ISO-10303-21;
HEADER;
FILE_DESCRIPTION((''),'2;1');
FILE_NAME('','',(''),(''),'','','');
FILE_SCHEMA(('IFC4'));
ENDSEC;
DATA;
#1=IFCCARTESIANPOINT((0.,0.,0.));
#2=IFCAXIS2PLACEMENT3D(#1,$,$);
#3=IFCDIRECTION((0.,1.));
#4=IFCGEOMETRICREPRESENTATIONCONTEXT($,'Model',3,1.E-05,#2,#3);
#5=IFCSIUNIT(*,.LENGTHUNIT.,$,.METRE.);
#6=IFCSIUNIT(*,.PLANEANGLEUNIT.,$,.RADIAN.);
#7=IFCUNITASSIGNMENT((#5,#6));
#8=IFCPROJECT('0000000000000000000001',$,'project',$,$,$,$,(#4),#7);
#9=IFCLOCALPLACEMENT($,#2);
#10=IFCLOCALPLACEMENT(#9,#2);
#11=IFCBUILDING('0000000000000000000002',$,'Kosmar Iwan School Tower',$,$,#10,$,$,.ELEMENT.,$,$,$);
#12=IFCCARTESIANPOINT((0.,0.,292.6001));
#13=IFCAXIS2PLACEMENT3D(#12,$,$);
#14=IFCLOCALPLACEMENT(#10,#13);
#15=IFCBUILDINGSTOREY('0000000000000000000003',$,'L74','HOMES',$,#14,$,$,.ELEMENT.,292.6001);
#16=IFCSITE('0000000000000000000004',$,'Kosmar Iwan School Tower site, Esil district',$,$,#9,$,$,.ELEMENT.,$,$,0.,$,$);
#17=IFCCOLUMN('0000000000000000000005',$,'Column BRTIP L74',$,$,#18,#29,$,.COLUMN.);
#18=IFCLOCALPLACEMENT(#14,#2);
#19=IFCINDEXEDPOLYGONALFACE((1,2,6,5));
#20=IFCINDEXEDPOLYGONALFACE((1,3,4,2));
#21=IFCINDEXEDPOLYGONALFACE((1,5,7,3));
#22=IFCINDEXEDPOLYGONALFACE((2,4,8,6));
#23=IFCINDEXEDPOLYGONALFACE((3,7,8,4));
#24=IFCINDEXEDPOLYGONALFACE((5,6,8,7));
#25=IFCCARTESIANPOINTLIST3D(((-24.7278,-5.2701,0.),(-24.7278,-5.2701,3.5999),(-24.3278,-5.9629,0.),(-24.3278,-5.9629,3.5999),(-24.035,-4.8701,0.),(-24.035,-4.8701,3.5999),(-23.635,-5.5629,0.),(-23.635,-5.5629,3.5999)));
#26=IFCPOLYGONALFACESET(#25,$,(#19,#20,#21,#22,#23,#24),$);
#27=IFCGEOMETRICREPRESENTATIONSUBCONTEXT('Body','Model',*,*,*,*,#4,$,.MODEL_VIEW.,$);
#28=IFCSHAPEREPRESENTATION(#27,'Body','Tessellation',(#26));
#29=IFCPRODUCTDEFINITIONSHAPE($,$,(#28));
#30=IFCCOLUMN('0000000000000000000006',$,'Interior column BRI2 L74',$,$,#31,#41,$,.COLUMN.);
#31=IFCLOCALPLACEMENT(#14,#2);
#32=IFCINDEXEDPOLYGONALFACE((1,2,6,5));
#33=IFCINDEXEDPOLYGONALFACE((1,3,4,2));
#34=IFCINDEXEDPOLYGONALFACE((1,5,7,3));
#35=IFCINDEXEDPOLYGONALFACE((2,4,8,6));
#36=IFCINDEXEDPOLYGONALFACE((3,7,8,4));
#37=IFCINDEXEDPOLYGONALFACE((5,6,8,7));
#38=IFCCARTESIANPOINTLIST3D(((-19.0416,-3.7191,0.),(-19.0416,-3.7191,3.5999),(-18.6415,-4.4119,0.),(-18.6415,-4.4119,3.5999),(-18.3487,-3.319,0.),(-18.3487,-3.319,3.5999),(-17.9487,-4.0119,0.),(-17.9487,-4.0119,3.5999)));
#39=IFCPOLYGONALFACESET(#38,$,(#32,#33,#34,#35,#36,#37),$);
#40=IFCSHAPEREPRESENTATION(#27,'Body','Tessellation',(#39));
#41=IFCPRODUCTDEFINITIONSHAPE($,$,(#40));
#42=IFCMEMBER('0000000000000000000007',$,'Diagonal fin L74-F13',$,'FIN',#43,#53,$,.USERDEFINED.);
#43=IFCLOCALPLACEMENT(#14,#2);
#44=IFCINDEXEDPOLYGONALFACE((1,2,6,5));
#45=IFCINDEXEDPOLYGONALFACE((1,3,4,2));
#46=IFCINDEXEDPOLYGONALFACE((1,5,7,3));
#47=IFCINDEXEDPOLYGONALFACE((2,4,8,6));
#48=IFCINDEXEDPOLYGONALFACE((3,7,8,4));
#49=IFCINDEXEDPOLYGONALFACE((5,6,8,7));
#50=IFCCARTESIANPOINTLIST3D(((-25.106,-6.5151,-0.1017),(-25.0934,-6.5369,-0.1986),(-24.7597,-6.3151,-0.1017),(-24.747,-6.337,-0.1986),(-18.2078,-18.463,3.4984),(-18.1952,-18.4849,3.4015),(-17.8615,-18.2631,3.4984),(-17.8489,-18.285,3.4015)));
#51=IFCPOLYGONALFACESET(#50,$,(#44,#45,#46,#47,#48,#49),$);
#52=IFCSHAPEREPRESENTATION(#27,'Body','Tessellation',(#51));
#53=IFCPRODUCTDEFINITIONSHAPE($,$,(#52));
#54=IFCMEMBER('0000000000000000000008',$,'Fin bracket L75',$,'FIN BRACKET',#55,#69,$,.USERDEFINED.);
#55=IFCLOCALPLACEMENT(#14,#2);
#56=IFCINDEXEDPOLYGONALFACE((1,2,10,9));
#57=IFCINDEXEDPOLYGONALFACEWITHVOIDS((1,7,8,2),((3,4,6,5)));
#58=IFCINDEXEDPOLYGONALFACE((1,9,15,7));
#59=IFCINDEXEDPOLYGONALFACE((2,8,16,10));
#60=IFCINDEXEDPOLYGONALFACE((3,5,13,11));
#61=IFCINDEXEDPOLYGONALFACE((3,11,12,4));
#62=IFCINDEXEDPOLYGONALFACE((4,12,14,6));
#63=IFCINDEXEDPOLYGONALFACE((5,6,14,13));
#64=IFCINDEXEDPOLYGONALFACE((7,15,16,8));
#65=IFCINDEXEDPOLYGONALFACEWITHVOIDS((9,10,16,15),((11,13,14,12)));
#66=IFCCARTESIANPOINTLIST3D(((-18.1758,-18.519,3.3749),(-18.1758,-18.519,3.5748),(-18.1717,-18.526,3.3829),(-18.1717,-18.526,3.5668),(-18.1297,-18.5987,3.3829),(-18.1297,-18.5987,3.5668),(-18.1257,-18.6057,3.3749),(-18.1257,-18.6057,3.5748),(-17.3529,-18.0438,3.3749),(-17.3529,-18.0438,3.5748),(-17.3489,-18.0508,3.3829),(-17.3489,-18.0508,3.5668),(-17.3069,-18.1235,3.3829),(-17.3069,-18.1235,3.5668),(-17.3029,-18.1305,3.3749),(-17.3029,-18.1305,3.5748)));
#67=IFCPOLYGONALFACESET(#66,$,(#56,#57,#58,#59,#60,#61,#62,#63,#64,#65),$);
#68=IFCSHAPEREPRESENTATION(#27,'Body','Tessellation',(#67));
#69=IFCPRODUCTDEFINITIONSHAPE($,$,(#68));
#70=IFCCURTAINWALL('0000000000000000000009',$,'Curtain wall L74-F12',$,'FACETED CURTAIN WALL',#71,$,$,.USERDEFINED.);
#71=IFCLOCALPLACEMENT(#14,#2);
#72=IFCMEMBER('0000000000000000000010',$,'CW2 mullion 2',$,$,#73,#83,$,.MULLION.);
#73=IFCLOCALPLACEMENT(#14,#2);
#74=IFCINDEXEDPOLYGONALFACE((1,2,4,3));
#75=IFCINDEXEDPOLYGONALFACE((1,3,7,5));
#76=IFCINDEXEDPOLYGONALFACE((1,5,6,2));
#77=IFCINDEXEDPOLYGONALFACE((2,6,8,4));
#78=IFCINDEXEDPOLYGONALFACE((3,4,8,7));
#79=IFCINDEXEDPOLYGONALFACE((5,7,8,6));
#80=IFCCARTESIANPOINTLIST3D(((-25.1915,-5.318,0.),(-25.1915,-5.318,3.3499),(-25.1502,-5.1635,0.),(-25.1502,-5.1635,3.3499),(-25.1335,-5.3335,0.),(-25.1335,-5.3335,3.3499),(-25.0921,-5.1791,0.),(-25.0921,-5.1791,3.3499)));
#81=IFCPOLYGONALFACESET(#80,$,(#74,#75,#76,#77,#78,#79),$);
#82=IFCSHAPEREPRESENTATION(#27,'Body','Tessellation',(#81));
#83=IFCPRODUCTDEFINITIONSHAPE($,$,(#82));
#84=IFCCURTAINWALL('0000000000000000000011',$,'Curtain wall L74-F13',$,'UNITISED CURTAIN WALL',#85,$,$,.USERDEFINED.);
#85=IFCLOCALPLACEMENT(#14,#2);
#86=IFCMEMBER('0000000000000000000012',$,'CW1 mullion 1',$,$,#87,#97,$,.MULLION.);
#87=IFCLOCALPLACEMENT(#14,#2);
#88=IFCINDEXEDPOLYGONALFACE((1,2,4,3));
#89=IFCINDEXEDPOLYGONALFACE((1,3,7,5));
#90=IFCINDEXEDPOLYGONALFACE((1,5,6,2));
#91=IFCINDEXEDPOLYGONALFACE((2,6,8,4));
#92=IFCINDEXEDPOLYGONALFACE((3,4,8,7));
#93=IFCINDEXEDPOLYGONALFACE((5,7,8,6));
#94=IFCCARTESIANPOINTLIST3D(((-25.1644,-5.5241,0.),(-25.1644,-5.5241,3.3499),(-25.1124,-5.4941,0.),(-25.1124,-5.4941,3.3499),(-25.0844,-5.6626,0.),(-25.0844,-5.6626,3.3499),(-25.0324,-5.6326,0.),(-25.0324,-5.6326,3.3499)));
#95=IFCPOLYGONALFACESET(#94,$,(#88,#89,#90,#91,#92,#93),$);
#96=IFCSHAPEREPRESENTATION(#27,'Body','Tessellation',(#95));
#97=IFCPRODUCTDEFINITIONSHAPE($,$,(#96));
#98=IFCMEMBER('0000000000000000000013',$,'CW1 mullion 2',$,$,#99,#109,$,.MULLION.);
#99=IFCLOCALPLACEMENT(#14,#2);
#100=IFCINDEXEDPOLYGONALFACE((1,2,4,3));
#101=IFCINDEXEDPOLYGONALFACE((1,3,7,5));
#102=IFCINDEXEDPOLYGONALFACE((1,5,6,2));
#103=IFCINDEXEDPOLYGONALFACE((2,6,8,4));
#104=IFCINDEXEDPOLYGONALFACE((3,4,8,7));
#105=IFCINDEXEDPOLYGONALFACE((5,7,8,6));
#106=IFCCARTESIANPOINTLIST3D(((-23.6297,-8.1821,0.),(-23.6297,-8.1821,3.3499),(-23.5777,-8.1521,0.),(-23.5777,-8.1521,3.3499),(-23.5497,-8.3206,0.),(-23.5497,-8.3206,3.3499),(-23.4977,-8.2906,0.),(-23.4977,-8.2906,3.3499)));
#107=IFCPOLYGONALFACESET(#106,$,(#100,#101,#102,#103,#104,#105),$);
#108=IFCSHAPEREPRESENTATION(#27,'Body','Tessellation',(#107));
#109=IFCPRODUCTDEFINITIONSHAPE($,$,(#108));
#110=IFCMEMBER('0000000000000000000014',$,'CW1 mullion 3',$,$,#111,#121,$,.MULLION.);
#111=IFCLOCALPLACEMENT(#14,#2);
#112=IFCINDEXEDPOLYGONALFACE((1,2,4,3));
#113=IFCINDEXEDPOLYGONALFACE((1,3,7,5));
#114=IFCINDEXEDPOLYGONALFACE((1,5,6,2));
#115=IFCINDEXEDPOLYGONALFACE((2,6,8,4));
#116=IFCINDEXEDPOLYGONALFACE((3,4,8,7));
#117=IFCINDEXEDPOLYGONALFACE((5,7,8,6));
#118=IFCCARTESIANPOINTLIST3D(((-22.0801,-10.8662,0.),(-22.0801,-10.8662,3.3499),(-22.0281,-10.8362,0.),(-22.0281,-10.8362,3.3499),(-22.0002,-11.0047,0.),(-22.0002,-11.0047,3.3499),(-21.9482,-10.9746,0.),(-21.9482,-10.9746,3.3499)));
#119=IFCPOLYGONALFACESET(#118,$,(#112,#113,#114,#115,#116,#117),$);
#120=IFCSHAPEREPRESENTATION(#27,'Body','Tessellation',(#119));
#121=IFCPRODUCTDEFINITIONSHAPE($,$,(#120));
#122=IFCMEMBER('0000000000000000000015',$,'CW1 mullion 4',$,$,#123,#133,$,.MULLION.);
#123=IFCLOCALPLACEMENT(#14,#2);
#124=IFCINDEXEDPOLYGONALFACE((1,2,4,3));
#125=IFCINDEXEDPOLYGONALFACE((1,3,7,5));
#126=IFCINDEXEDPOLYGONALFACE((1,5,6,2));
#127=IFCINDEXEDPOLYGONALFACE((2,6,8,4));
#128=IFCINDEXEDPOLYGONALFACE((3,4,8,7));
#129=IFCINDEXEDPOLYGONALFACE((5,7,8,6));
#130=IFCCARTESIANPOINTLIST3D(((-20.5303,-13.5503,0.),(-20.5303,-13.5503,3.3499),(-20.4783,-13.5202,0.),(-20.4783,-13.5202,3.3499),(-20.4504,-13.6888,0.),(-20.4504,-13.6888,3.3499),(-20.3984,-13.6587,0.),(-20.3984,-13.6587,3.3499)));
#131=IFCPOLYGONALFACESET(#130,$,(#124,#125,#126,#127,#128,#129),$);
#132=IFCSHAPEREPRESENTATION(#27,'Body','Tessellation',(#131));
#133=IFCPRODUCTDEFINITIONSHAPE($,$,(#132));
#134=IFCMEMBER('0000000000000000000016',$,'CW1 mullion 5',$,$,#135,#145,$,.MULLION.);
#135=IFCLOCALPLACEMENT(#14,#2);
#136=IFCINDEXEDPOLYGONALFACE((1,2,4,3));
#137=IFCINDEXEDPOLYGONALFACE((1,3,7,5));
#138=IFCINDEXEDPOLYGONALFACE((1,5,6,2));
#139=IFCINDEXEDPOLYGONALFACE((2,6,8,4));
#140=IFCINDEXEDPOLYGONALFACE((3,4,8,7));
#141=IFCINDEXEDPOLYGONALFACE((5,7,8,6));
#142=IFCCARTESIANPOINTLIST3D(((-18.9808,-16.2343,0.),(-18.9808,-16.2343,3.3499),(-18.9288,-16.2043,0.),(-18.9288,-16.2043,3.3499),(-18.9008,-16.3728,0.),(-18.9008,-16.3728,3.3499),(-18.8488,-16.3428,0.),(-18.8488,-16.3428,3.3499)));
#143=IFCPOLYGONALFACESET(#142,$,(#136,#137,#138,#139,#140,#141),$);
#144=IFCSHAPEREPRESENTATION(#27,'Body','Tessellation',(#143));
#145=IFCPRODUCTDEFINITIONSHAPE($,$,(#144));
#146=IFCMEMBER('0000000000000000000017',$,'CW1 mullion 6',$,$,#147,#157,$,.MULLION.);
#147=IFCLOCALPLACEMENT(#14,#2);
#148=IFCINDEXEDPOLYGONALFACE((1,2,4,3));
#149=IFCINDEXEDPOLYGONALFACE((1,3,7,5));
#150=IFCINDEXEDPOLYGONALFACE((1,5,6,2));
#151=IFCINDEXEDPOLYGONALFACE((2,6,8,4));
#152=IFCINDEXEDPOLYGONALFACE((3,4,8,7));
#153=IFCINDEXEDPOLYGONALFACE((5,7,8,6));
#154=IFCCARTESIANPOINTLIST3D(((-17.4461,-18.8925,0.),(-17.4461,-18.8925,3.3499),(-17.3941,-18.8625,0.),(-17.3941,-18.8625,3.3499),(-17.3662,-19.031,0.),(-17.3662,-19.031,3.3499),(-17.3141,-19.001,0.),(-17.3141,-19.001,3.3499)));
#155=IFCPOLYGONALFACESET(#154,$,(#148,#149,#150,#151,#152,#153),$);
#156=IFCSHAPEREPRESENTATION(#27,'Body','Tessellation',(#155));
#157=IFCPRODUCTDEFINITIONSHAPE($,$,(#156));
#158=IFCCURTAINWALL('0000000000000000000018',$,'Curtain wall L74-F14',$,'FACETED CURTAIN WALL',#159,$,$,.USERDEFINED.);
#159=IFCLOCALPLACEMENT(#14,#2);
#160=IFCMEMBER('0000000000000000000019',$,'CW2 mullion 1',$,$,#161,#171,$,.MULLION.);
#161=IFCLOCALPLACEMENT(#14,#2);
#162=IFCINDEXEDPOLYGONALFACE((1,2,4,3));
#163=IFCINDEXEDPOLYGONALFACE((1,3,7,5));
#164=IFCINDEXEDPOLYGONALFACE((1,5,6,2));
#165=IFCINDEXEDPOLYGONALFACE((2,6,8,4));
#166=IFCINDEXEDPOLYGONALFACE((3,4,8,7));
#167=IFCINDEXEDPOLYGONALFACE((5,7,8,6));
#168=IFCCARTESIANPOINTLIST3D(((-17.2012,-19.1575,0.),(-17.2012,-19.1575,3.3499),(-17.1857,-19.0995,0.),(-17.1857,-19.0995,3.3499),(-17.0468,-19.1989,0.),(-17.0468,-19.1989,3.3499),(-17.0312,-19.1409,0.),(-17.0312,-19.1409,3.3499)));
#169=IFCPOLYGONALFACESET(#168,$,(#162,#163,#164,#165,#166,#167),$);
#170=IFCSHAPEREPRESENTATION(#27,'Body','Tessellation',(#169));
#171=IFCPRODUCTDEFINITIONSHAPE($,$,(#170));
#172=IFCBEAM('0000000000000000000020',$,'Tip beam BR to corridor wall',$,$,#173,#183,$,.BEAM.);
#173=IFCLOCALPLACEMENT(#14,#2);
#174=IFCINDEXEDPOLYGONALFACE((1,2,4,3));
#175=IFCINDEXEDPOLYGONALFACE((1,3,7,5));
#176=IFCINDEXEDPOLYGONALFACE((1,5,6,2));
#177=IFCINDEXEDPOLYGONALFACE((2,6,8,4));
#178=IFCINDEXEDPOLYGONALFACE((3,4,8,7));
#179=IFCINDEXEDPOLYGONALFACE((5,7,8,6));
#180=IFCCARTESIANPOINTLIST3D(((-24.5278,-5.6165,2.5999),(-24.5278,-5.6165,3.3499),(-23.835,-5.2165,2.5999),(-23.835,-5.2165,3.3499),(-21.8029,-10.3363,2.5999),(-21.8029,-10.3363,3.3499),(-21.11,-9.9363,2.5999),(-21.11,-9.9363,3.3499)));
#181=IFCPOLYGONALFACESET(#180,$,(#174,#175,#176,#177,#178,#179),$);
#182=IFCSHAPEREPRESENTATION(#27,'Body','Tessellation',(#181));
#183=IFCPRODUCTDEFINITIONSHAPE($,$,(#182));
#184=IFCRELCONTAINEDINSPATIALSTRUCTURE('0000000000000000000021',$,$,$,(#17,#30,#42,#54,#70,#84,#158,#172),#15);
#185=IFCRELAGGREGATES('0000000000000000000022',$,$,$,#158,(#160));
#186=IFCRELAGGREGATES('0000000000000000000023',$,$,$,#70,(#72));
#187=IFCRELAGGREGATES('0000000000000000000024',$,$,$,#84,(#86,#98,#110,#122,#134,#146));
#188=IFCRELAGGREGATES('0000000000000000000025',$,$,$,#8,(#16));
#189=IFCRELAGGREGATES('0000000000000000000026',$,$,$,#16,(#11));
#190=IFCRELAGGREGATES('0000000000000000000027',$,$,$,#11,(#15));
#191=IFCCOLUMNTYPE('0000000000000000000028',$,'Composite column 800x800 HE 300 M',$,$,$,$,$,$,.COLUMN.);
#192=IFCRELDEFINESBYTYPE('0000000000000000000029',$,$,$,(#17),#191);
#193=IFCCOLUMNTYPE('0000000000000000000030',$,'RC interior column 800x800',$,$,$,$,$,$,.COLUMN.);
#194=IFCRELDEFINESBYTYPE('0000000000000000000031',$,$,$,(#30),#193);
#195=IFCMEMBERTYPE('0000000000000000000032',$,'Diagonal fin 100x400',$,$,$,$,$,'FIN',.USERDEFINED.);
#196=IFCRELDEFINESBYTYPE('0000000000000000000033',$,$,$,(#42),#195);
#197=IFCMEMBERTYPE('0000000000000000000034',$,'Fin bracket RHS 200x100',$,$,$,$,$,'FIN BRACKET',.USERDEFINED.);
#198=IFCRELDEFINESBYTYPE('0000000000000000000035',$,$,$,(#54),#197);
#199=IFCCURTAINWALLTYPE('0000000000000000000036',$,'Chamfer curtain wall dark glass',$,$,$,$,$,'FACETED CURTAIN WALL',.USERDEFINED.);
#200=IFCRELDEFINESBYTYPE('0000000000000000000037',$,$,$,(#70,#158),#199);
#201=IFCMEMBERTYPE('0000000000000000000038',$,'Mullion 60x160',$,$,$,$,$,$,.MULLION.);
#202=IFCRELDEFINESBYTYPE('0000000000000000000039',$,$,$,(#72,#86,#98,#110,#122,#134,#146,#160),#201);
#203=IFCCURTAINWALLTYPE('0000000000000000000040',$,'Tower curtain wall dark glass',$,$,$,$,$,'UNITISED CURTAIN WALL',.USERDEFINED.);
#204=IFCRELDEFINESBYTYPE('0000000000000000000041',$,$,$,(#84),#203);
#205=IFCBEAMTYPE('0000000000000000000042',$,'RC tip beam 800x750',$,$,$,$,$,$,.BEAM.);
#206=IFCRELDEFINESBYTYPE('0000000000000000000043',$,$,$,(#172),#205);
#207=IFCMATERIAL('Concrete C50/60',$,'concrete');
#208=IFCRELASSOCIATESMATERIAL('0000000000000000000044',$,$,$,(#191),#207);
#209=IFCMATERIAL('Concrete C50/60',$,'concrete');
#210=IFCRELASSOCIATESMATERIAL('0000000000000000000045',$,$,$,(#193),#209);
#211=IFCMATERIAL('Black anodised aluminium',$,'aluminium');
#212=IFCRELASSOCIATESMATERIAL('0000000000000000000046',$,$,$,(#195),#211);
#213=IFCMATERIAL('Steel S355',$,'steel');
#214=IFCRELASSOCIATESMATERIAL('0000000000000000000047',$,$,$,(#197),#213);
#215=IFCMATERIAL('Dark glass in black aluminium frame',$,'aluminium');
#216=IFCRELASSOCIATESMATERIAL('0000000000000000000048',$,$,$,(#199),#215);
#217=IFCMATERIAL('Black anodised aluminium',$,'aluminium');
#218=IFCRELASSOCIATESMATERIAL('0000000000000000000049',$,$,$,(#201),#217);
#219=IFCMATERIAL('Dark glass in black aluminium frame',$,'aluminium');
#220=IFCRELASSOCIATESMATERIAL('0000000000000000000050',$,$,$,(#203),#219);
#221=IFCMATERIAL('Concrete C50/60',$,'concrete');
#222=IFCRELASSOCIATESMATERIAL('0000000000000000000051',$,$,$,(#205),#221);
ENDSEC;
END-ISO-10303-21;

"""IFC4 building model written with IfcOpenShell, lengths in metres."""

from ifc_helpers import new_model, si_unit, direction, frame, origin, origin_2d, place, context, subcontext, project, spatial, rectangle, hollow_rectangle, extrude, material, material_profile, profile_set, type_object, element, aggregate, save


model = new_model("IFC4")

# Units and contexts
model_context = context("Model", 3, precision=1e-05, world=origin(), true_north=direction((0.0, 1.0)))
body_context = subcontext(model_context, "Body", "Model", "MODEL_VIEW")
ifc_project = project(units=[si_unit("LENGTHUNIT", "METRE"), si_unit("PLANEANGLEUNIT", "RADIAN")], contexts=[model_context])

# Site, building, storey
site_placement = place(None, origin())
site = spatial("IfcSite", under=ifc_project, at=site_placement, Name="Kosmar Iwan School Tower site, Esil district", CompositionType="ELEMENT", RefElevation=0.0)
building_placement = place(site_placement, origin())
building = spatial("IfcBuilding", under=site, at=building_placement, Name="Kosmar Iwan School Tower", CompositionType="ELEMENT")
storey_placement = place(building_placement, frame((0.0, 0.0, 292.6001)))
storey = spatial("IfcBuildingStorey", under=building, at=storey_placement, Name="L74", Description="HOMES", CompositionType="ELEMENT", Elevation=292.6001)

# Columns
ifc_material_1 = material(Name="Concrete C50/60", Category="concrete")
ifc_material_profile_1 = material_profile(ifc_material_1, rectangle(XDim=0.8, YDim=0.8, at=origin_2d()), Name="RC 800x800 + HE 300 M")
ifc_profile_set_1 = profile_set([ifc_material_profile_1], Name="Concrete C50/60")
column_type_1 = type_object("IfcColumnType", Name="Composite column 800x800 HE 300 M", PredefinedType="COLUMN", material=ifc_profile_set_1)
column_1_placement = place(storey_placement, frame((-24.1814, -5.4165, 0.0), z_axis=(0.0, 0.0, 1.0), x_axis=(-0.866025, -0.5, 0.0)))
element("IfcColumn", 1, at=column_1_placement, inside=storey, type_object=column_type_1, Name="Column BRTIP L74", PredefinedType="COLUMN", context=body_context, shape_type="SweptSolid", body=[
    extrude(rectangle(XDim=0.8, YDim=0.8, at=origin_2d()), origin(), (0.0, 0.0, 1.0), 3.5999),
])
ifc_material_2 = material(Name="Concrete C50/60", Category="concrete")
ifc_material_profile_2 = material_profile(ifc_material_2, rectangle(XDim=0.8, YDim=0.8, at=origin_2d()), Name="RC 800x800")
ifc_profile_set_2 = profile_set([ifc_material_profile_2], Name="Concrete C50/60")
column_type_2 = type_object("IfcColumnType", Name="RC interior column 800x800", PredefinedType="COLUMN", material=ifc_profile_set_2)
column_2_placement = place(storey_placement, frame((-18.4951, -3.8655, 0.0), z_axis=(0.0, 0.0, 1.0), x_axis=(-0.866025, -0.5, 0.0)))
element("IfcColumn", 2, at=column_2_placement, inside=storey, type_object=column_type_2, Name="Interior column BRI2 L74", PredefinedType="COLUMN", context=body_context, shape_type="SweptSolid", body=[
    extrude(rectangle(XDim=0.8, YDim=0.8, at=origin_2d()), origin(), (0.0, 0.0, 1.0), 3.5999),
])

# Members
ifc_material_3 = material(Name="Black anodised aluminium", Category="aluminium")
ifc_material_profile_3 = material_profile(ifc_material_3, rectangle(XDim=0.1001, YDim=0.3999, at=origin_2d()), Name="FIN 100x400")
ifc_profile_set_3 = profile_set([ifc_material_profile_3], Name="Black anodised aluminium")
member_type_1 = type_object("IfcMemberType", Name="Diagonal fin 100x400", ElementType="FIN", PredefinedType="USERDEFINED", material=ifc_profile_set_3)
member_1_placement = place(storey_placement, frame((-24.9265, -6.426, -0.1501), z_axis=(0.4838, -0.837965, 0.252491), x_axis=(-0.126245, 0.218663, 0.967599)))
element("IfcMember", 3, at=member_1_placement, inside=storey, type_object=member_type_1, Name="Diagonal fin L74-F13", ObjectType="FIN", PredefinedType="USERDEFINED", context=body_context, shape_type="SweptSolid", body=[
    extrude(rectangle(XDim=0.1001, YDim=0.3999, at=origin_2d()), origin(), (0.0, 0.0, 1.0), 14.2583),
])
ifc_material_4 = material(Name="Steel S355", Category="steel")
ifc_material_profile_4 = material_profile(ifc_material_4, hollow_rectangle(XDim=0.1001, YDim=0.2, WallThickness=0.0081, at=origin_2d()), Name="RHS 200x100x8")
ifc_profile_set_4 = profile_set([ifc_material_profile_4], Name="Steel S355")
member_type_2 = type_object("IfcMemberType", Name="Fin bracket RHS 200x100", ElementType="FIN BRACKET", PredefinedType="USERDEFINED", material=ifc_profile_set_4)
member_2_placement = place(storey_placement, frame((-17.3279, -18.0872, 3.4749), z_axis=(-0.865989, -0.500064, 0.0), x_axis=(0.500064, -0.865989, 0.0)))
element("IfcMember", 4, at=member_2_placement, inside=storey, type_object=member_type_2, Name="Fin bracket L75", ObjectType="FIN BRACKET", PredefinedType="USERDEFINED", context=body_context, shape_type="SweptSolid", body=[
    extrude(hollow_rectangle(XDim=0.1001, YDim=0.2, WallThickness=0.0081, at=origin_2d()), origin(), (0.0, 0.0, 1.0), 0.9502),
])

# Curtain wall, member
ifc_material_5 = material(Name="Dark glass in black aluminium frame", Category="aluminium")
curtain_wall_type_1 = type_object("IfcCurtainWallType", Name="Chamfer curtain wall dark glass", ElementType="FACETED CURTAIN WALL", PredefinedType="USERDEFINED", material=ifc_material_5)
curtain_wall_1_placement = place(storey_placement, origin())
curtain_wall_1 = element("IfcCurtainWall", 5, at=curtain_wall_1_placement, inside=storey, type_object=curtain_wall_type_1, Name="Curtain wall L74-F12", ObjectType="FACETED CURTAIN WALL", PredefinedType="USERDEFINED")
ifc_material_6 = material(Name="Black anodised aluminium", Category="aluminium")
ifc_material_profile_5 = material_profile(ifc_material_6, rectangle(XDim=0.0601, YDim=0.1599, at=origin_2d()), Name="MULLION 60x160")
ifc_profile_set_5 = profile_set([ifc_material_profile_5], Name="Black anodised aluminium")
member_type_3 = type_object("IfcMemberType", Name="Mullion 60x160", PredefinedType="MULLION", material=ifc_profile_set_5)
member_3_placement = place(storey_placement, frame((-25.1418, -5.2485, 0.0), z_axis=(0.0, 0.0, 1.0), x_axis=(0.965926, -0.258819, 0.0)))
member_3 = element("IfcMember", 6, at=member_3_placement, type_object=member_type_3, Name="CW2 mullion 2", PredefinedType="MULLION", context=body_context, shape_type="SweptSolid", body=[
    extrude(rectangle(XDim=0.0601, YDim=0.1599, at=origin_2d()), origin(), (0.0, 0.0, 1.0), 3.3499),
])

# Curtain wall, members
ifc_material_7 = material(Name="Dark glass in black aluminium frame", Category="aluminium")
curtain_wall_type_2 = type_object("IfcCurtainWallType", Name="Tower curtain wall dark glass", ElementType="UNITISED CURTAIN WALL", PredefinedType="USERDEFINED", material=ifc_material_7)
curtain_wall_2_placement = place(storey_placement, origin())
curtain_wall_2 = element("IfcCurtainWall", 7, at=curtain_wall_2_placement, inside=storey, type_object=curtain_wall_type_2, Name="Curtain wall L74-F13", ObjectType="UNITISED CURTAIN WALL", PredefinedType="USERDEFINED")
member_4_placement = place(storey_placement, frame((-25.0984, -5.5784, 0.0), z_axis=(0.0, 0.0, 1.0), x_axis=(0.866025, 0.5, 0.0)))
member_4 = element("IfcMember", 8, at=member_4_placement, type_object=member_type_3, Name="CW1 mullion 1", PredefinedType="MULLION", context=body_context, shape_type="SweptSolid", body=[
    extrude(rectangle(XDim=0.0601, YDim=0.1599, at=origin_2d()), origin(), (0.0, 0.0, 1.0), 3.3499),
])
member_5_placement = place(storey_placement, frame((-23.5637, -8.2363, 0.0), z_axis=(0.0, 0.0, 1.0), x_axis=(0.866025, 0.5, 0.0)))
member_5 = element("IfcMember", 9, at=member_5_placement, type_object=member_type_3, Name="CW1 mullion 2", PredefinedType="MULLION", context=body_context, shape_type="SweptSolid", body=[
    extrude(rectangle(XDim=0.0601, YDim=0.1599, at=origin_2d()), origin(), (0.0, 0.0, 1.0), 3.3499),
])
member_6_placement = place(storey_placement, frame((-22.0142, -10.9204, 0.0), z_axis=(0.0, 0.0, 1.0), x_axis=(0.866025, 0.5, 0.0)))
member_6 = element("IfcMember", 10, at=member_6_placement, type_object=member_type_3, Name="CW1 mullion 3", PredefinedType="MULLION", context=body_context, shape_type="SweptSolid", body=[
    extrude(rectangle(XDim=0.0601, YDim=0.1599, at=origin_2d()), origin(), (0.0, 0.0, 1.0), 3.3499),
])
member_7_placement = place(storey_placement, frame((-20.4644, -13.6045, 0.0), z_axis=(0.0, 0.0, 1.0), x_axis=(0.866025, 0.5, 0.0)))
member_7 = element("IfcMember", 11, at=member_7_placement, type_object=member_type_3, Name="CW1 mullion 4", PredefinedType="MULLION", context=body_context, shape_type="SweptSolid", body=[
    extrude(rectangle(XDim=0.0601, YDim=0.1599, at=origin_2d()), origin(), (0.0, 0.0, 1.0), 3.3499),
])
member_8_placement = place(storey_placement, frame((-18.9148, -16.2886, 0.0), z_axis=(0.0, 0.0, 1.0), x_axis=(0.866025, 0.5, 0.0)))
member_8 = element("IfcMember", 12, at=member_8_placement, type_object=member_type_3, Name="CW1 mullion 5", PredefinedType="MULLION", context=body_context, shape_type="SweptSolid", body=[
    extrude(rectangle(XDim=0.0601, YDim=0.1599, at=origin_2d()), origin(), (0.0, 0.0, 1.0), 3.3499),
])
member_9_placement = place(storey_placement, frame((-17.3801, -18.9468, 0.0), z_axis=(0.0, 0.0, 1.0), x_axis=(0.866025, 0.5, 0.0)))
member_9 = element("IfcMember", 13, at=member_9_placement, type_object=member_type_3, Name="CW1 mullion 6", PredefinedType="MULLION", context=body_context, shape_type="SweptSolid", body=[
    extrude(rectangle(XDim=0.0601, YDim=0.1599, at=origin_2d()), origin(), (0.0, 0.0, 1.0), 3.3499),
])

# Curtain wall, member
curtain_wall_3_placement = place(storey_placement, origin())
curtain_wall_3 = element("IfcCurtainWall", 14, at=curtain_wall_3_placement, inside=storey, type_object=curtain_wall_type_1, Name="Curtain wall L74-F14", ObjectType="FACETED CURTAIN WALL", PredefinedType="USERDEFINED")
member_10_placement = place(storey_placement, frame((-17.1162, -19.1492, 0.0), z_axis=(0.0, 0.0, 1.0), x_axis=(0.258819, 0.965926, 0.0)))
member_10 = element("IfcMember", 15, at=member_10_placement, type_object=member_type_3, Name="CW2 mullion 1", PredefinedType="MULLION", context=body_context, shape_type="SweptSolid", body=[
    extrude(rectangle(XDim=0.0601, YDim=0.1599, at=origin_2d()), origin(), (0.0, 0.0, 1.0), 3.3499),
])

# Beam
ifc_material_8 = material(Name="Concrete C50/60", Category="concrete")
ifc_material_profile_6 = material_profile(ifc_material_8, rectangle(XDim=0.8, YDim=0.75, at=origin_2d()), Name="RC 800x750")
ifc_profile_set_6 = profile_set([ifc_material_profile_6], Name="Concrete C50/60")
beam_type = type_object("IfcBeamType", Name="RC tip beam 800x750", PredefinedType="BEAM", material=ifc_profile_set_6)
beam_placement = place(storey_placement, frame((-24.1814, -5.4165, 2.9749), z_axis=(0.499989, -0.866032, 0.0), x_axis=(0.866032, 0.499989, 0.0)))
element("IfcBeam", 16, at=beam_placement, inside=storey, type_object=beam_type, Name="Tip beam BR to corridor wall", PredefinedType="BEAM", context=body_context, shape_type="SweptSolid", body=[
    extrude(rectangle(XDim=0.8, YDim=0.75, at=origin_2d()), origin(), (0.0, 0.0, 1.0), 5.45),
])

aggregate(curtain_wall_3, [member_10])

aggregate(curtain_wall_1, [member_3])
aggregate(curtain_wall_2, [member_4, member_5, member_6, member_7, member_8, member_9])

save(model, "model.ifc")
